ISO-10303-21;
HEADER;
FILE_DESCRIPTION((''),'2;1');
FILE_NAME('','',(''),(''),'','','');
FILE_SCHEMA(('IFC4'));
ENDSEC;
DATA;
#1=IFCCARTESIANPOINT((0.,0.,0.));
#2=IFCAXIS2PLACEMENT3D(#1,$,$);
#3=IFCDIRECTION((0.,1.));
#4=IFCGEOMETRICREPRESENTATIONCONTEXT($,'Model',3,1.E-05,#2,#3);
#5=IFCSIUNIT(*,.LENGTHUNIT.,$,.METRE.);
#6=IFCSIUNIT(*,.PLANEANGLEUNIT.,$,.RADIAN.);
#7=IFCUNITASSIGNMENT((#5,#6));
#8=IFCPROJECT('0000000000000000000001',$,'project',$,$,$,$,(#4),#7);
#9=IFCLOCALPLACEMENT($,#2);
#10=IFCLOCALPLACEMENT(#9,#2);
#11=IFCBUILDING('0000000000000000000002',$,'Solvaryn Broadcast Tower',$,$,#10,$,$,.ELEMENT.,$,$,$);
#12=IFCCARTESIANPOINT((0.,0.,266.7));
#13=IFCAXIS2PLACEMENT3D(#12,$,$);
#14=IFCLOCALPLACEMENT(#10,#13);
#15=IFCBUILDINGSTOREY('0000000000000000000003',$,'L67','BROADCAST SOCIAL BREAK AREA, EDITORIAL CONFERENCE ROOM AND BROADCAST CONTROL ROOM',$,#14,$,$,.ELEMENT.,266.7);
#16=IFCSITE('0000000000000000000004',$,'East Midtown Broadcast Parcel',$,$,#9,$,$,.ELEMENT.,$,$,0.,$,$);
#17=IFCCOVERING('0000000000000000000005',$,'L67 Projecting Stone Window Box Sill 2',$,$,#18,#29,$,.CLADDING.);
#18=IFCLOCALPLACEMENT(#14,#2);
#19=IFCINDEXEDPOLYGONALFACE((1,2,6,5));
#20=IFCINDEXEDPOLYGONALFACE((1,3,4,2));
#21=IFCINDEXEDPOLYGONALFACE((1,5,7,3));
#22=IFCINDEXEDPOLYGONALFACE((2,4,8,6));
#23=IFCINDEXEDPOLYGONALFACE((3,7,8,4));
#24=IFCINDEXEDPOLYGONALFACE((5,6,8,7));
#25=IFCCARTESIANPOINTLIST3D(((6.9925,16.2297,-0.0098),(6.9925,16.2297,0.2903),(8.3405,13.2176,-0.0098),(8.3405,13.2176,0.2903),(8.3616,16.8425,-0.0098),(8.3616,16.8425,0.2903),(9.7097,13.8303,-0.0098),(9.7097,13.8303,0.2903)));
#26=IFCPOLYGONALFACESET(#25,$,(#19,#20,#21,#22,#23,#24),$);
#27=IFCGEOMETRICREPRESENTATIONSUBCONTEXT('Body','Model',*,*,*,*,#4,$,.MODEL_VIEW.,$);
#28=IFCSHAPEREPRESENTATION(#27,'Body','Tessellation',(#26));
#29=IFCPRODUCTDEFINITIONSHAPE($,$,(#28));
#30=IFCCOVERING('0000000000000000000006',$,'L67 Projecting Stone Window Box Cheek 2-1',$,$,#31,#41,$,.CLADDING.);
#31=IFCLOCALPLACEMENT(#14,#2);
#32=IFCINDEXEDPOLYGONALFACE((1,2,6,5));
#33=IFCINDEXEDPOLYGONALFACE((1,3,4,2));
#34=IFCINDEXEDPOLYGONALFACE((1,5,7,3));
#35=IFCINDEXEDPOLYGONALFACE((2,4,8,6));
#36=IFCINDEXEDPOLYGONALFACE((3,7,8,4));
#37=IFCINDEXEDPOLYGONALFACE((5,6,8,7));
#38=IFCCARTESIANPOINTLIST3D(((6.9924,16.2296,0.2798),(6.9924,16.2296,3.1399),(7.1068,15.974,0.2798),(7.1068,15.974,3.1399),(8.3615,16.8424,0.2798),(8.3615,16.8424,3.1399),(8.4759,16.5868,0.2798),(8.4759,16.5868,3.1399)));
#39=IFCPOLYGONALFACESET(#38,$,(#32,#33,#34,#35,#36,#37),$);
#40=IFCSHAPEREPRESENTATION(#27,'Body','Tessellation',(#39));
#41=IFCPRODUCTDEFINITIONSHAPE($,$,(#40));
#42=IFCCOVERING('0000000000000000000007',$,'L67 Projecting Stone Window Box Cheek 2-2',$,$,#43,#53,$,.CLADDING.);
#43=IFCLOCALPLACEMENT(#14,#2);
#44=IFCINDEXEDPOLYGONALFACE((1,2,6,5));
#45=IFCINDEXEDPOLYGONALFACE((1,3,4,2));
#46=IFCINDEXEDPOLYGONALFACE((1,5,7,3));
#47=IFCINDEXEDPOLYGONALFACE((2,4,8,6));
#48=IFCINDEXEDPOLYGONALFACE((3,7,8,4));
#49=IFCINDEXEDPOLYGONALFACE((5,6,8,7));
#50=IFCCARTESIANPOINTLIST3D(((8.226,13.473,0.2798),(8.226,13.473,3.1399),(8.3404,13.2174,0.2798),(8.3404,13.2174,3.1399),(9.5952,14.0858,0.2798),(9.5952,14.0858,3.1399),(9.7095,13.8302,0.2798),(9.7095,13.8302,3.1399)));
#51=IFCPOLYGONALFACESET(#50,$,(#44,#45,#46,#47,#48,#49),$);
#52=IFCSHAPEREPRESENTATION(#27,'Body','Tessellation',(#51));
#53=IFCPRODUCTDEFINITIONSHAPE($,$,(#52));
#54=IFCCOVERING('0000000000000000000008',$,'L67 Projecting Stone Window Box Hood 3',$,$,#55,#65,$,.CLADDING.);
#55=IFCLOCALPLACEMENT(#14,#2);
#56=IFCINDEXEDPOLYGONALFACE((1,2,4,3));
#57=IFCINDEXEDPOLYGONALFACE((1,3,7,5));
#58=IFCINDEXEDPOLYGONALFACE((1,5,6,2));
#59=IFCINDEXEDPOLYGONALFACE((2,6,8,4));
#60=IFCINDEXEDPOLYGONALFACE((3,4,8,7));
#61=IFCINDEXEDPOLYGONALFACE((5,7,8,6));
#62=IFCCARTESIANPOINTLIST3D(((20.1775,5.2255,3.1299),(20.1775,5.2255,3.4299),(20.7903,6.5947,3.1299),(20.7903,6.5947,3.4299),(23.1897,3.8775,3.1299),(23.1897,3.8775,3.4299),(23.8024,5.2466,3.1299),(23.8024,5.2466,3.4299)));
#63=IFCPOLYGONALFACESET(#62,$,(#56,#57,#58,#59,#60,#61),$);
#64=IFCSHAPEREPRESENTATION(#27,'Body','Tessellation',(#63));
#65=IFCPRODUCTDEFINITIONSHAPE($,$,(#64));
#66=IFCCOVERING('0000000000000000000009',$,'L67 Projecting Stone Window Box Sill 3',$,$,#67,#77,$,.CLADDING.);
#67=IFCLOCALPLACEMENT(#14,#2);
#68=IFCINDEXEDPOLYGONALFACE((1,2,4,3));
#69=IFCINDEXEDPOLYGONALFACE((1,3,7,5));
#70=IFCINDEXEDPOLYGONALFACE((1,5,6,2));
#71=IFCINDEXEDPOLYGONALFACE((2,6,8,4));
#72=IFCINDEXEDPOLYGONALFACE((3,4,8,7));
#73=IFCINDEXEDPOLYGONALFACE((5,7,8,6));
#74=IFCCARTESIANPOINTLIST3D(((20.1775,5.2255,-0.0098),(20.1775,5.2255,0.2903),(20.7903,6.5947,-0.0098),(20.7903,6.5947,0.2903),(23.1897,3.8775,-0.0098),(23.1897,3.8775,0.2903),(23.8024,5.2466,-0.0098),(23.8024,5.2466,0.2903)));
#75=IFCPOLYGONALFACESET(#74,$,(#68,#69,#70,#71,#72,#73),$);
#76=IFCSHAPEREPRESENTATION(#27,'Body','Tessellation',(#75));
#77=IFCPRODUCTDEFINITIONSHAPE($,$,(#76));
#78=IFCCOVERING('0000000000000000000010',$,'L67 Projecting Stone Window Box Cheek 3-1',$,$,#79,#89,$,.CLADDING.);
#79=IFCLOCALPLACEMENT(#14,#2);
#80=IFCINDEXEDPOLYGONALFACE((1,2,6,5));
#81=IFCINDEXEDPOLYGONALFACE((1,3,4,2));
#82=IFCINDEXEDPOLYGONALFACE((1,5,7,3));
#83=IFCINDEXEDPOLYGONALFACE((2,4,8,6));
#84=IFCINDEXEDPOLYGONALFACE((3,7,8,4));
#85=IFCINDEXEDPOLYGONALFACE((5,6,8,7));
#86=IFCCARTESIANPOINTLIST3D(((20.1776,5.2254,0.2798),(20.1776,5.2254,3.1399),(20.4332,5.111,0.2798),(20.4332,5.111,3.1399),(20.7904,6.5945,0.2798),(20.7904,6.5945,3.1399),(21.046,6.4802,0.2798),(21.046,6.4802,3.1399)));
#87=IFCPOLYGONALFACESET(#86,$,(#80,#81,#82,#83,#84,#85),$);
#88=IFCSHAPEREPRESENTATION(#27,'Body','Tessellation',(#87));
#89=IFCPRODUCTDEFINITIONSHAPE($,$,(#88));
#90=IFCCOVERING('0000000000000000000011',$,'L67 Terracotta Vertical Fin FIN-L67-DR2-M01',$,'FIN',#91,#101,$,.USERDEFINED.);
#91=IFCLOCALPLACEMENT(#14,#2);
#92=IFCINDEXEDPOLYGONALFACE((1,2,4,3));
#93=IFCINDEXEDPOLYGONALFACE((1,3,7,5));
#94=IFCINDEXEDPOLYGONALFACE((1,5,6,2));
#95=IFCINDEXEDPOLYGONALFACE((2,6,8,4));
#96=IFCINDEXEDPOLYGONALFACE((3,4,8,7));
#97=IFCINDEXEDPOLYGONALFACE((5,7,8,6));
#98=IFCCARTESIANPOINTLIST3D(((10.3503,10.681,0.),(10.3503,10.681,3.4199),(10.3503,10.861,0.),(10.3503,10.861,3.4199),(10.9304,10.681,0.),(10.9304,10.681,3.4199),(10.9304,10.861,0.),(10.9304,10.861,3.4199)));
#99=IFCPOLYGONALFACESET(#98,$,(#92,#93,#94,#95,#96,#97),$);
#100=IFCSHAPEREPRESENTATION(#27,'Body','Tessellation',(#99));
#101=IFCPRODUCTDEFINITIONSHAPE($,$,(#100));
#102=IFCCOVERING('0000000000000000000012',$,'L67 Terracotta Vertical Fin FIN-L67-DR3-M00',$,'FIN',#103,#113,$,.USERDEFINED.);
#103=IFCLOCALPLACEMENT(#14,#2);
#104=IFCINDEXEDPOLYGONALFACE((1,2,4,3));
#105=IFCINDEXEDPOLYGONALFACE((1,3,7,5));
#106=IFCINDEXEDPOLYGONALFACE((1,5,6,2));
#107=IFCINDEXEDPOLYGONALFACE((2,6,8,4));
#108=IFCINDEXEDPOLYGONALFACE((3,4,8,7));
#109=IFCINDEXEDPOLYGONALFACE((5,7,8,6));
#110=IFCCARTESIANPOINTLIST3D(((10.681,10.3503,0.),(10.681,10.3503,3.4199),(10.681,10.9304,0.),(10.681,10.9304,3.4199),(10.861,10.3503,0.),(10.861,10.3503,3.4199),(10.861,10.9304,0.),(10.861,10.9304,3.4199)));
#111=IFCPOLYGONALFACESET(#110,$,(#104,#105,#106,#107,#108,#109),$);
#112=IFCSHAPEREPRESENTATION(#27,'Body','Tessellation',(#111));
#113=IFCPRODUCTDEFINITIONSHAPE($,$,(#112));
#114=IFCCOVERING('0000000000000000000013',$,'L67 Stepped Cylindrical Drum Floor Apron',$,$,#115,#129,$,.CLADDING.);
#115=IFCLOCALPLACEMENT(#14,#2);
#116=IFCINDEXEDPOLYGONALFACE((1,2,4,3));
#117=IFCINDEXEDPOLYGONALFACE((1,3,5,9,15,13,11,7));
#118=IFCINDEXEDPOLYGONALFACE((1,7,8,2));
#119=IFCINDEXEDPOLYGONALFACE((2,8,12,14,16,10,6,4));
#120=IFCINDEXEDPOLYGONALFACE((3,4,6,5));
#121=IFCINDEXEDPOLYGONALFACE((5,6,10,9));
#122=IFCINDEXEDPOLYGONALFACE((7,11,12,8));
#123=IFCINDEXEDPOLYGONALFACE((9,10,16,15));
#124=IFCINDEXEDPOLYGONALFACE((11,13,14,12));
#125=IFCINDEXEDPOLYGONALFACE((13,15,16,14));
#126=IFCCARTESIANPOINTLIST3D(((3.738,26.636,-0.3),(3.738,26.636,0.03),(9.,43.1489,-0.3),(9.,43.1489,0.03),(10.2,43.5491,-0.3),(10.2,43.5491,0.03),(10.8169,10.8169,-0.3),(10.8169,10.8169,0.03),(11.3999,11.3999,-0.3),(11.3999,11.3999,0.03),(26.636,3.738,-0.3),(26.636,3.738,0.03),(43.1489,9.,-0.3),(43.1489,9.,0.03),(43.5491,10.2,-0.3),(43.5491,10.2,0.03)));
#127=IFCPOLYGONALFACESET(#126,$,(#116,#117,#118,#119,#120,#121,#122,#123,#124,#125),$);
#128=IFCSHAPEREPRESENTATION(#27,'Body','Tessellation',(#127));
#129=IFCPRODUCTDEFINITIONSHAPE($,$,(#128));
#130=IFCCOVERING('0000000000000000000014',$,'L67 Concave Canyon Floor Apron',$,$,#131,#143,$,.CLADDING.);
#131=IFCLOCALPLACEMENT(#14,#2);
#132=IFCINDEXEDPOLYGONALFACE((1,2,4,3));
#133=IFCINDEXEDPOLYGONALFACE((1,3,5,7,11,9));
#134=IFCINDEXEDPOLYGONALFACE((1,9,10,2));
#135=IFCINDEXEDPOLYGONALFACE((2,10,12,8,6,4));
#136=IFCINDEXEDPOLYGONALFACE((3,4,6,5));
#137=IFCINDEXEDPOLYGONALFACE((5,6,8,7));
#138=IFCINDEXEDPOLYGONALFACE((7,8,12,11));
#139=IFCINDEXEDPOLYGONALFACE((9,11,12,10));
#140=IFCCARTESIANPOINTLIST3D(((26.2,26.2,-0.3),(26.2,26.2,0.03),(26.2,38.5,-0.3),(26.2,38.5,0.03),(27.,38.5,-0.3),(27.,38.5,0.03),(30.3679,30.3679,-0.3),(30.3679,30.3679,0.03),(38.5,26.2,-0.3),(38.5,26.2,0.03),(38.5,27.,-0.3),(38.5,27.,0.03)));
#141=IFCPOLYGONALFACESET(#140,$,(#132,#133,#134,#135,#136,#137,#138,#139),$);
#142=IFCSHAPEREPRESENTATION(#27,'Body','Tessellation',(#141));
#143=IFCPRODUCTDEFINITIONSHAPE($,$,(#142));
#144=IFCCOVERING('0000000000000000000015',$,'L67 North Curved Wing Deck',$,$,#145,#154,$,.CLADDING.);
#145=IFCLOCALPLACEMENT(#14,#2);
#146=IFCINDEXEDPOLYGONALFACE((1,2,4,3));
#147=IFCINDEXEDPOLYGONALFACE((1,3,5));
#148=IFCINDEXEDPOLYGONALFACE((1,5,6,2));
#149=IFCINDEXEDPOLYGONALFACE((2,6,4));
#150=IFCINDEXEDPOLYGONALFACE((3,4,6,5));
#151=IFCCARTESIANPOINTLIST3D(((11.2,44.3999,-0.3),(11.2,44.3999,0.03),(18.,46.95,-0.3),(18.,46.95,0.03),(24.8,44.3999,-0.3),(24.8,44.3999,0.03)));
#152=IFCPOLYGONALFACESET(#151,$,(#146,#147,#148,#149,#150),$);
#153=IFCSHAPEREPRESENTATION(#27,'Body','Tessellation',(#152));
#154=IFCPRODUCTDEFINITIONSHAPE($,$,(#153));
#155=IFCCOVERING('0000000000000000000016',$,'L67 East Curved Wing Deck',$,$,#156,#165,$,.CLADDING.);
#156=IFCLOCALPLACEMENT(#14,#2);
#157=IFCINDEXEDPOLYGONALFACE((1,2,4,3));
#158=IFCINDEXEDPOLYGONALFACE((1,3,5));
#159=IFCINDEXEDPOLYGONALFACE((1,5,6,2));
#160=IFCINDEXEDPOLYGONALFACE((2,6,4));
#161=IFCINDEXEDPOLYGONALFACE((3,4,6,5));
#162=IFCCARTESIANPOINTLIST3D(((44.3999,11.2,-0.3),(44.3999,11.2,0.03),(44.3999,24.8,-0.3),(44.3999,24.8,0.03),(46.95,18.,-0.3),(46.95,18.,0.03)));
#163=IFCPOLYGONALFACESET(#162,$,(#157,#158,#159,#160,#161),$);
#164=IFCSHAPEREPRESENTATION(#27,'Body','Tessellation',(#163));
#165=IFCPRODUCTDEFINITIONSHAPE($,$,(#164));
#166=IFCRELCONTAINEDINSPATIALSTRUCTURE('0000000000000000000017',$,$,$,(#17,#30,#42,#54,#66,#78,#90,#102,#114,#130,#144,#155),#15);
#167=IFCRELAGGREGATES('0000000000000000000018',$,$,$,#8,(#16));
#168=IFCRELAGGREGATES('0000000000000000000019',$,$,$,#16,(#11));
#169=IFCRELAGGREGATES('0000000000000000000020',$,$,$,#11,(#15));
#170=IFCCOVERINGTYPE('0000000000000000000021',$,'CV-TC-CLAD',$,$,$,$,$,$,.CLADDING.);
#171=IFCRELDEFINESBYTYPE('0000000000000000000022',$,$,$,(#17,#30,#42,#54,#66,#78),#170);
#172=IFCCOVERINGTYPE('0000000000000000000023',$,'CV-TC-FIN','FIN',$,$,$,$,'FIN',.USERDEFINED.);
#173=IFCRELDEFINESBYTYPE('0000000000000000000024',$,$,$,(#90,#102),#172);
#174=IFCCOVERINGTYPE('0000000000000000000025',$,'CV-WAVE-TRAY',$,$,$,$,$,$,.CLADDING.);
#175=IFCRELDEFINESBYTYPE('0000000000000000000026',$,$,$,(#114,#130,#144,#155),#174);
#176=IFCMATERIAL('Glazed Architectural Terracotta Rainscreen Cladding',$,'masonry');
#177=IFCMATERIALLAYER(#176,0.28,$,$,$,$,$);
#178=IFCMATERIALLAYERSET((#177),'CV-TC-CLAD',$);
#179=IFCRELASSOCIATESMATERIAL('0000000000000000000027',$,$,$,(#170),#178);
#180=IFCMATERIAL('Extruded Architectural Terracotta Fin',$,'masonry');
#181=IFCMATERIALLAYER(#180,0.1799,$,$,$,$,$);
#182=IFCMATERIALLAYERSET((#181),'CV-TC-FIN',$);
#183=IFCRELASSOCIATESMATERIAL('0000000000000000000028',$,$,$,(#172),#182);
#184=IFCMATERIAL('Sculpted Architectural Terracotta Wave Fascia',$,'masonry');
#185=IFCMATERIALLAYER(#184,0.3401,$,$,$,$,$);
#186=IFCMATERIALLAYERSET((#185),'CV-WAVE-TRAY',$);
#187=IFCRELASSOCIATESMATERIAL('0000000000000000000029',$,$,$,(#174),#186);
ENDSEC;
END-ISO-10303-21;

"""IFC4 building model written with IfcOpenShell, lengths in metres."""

from ifc_helpers import new_model, si_unit, direction, frame, origin, origin_2d, place, context, subcontext, project, spatial, polyline, rectangle, outline, extrude, material, layer, layer_set, type_object, element, save


model = new_model("IFC4")

# Units and contexts
model_context = context("Model", 3, precision=1e-05, world=origin(), true_north=direction((0.0, 1.0)))
body_context = subcontext(model_context, "Body", "Model", "MODEL_VIEW")
ifc_project = project(units=[si_unit("LENGTHUNIT", "METRE"), si_unit("PLANEANGLEUNIT", "RADIAN")], contexts=[model_context])

# Site, building, storey
site_placement = place(None, origin())
site = spatial("IfcSite", under=ifc_project, at=site_placement, Name="East Midtown Broadcast Parcel", CompositionType="ELEMENT", RefElevation=0.0)
building_placement = place(site_placement, origin())
building = spatial("IfcBuilding", under=site, at=building_placement, Name="Solvaryn Broadcast Tower", CompositionType="ELEMENT")
storey_placement = place(building_placement, frame((0.0, 0.0, 266.7)))
storey = spatial("IfcBuildingStorey", under=building, at=storey_placement, Name="L67", Description="BROADCAST SOCIAL BREAK AREA, EDITORIAL CONFERENCE ROOM AND BROADCAST CONTROL ROOM", CompositionType="ELEMENT", Elevation=266.7)

# Coverings
ifc_material_1 = material(Name="Glazed Architectural Terracotta Rainscreen Cladding", Category="masonry")
ifc_layer_1 = layer(ifc_material_1, 0.28)
ifc_layer_set_1 = layer_set([ifc_layer_1], Name="CV-TC-CLAD")
covering_type_1 = type_object("IfcCoveringType", Name="CV-TC-CLAD", PredefinedType="CLADDING", material=ifc_layer_set_1)
for number, where, z_axis, x_axis, name in (
    (1, (8.3511, 15.03, -0.0098), (0.0, 0.0, 1.0), (0.40849, -0.912763, 0.0), "L67 Projecting Stone Window Box Sill 2"),
):
    element("IfcCovering", number, at=place(storey_placement, frame(where, z_axis=z_axis, x_axis=x_axis)), inside=storey, type_object=covering_type_1, Name=name, PredefinedType="CLADDING", context=body_context, shape_type="SweptSolid", body=[
        extrude(rectangle(XDim=3.3, YDim=1.5, at=origin_2d()), origin(), (0.0, 0.0, 1.0), 0.3),
    ])
for number, where, z_axis, x_axis, name in (
    (2, (7.7341, 16.4082, 0.2798), (0.0, 0.0, 1.0), (0.40849, -0.912763, 0.0), "L67 Projecting Stone Window Box Cheek 2-1"),
    (3, (8.9678, 13.6516, 0.2798), (0.0, 0.0, 1.0), (0.40849, -0.912763, 0.0), "L67 Projecting Stone Window Box Cheek 2-2"),
):
    element("IfcCovering", number, at=place(storey_placement, frame(where, z_axis=z_axis, x_axis=x_axis)), inside=storey, type_object=covering_type_1, Name=name, PredefinedType="CLADDING", context=body_context, shape_type="SweptSolid", body=[
        extrude(rectangle(XDim=0.28, YDim=1.5, at=origin_2d()), origin(), (0.0, 0.0, 1.0), 2.8601),
    ])
for number, where, z_axis, x_axis, name in (
    (4, (21.99, 5.2361, 3.1299), (0.0, 0.0, 1.0), (0.912763, -0.40849, 0.0), "L67 Projecting Stone Window Box Hood 3"),
    (5, (21.99, 5.2361, -0.0098), (0.0, 0.0, 1.0), (0.912763, -0.40849, 0.0), "L67 Projecting Stone Window Box Sill 3"),
):
    element("IfcCovering", number, at=place(storey_placement, frame(where, z_axis=z_axis, x_axis=x_axis)), inside=storey, type_object=covering_type_1, Name=name, PredefinedType="CLADDING", context=body_context, shape_type="SweptSolid", body=[
        extrude(rectangle(XDim=3.3, YDim=1.5, at=origin_2d()), origin(), (0.0, 0.0, 1.0), 0.3),
    ])
covering_1_placement = place(storey_placement, frame((20.6118, 5.8528, 0.2798), z_axis=(0.0, 0.0, 1.0), x_axis=(0.912763, -0.40849, 0.0)))
element("IfcCovering", 6, at=covering_1_placement, inside=storey, type_object=covering_type_1, Name="L67 Projecting Stone Window Box Cheek 3-1", PredefinedType="CLADDING", context=body_context, shape_type="SweptSolid", body=[
    extrude(rectangle(XDim=0.28, YDim=1.5, at=origin_2d()), origin(), (0.0, 0.0, 1.0), 2.8601),
])
ifc_material_2 = material(Name="Extruded Architectural Terracotta Fin", Category="masonry")
ifc_layer_2 = layer(ifc_material_2, 0.1799)
ifc_layer_set_2 = layer_set([ifc_layer_2], Name="CV-TC-FIN")
covering_type_2 = type_object("IfcCoveringType", Name="CV-TC-FIN", Description="FIN", ElementType="FIN", PredefinedType="USERDEFINED", material=ifc_layer_set_2)
covering_2_placement = place(storey_placement, frame((10.6404, 10.771, 0.0), z_axis=(0.0, 0.0, 1.0), x_axis=(1.0, 0.0, 0.0)))
element("IfcCovering", 7, at=covering_2_placement, inside=storey, type_object=covering_type_2, Name="L67 Terracotta Vertical Fin FIN-L67-DR2-M01", ObjectType="FIN", PredefinedType="USERDEFINED", context=body_context, shape_type="SweptSolid", body=[
    extrude(rectangle(XDim=0.5801, YDim=0.1799, at=origin_2d()), origin(), (0.0, 0.0, 1.0), 3.4199),
])
covering_3_placement = place(storey_placement, frame((10.771, 10.6404, 0.0), z_axis=(0.0, 0.0, 1.0), x_axis=(1.0, 0.0, 0.0)))
element("IfcCovering", 8, at=covering_3_placement, inside=storey, type_object=covering_type_2, Name="L67 Terracotta Vertical Fin FIN-L67-DR3-M00", ObjectType="FIN", PredefinedType="USERDEFINED", context=body_context, shape_type="SweptSolid", body=[
    extrude(rectangle(XDim=0.1799, YDim=0.5801, at=origin_2d()), origin(), (0.0, 0.0, 1.0), 3.4199),
])
ifc_material_3 = material(Name="Sculpted Architectural Terracotta Wave Fascia", Category="masonry")
ifc_layer_3 = layer(ifc_material_3, 0.3401)
ifc_layer_set_3 = layer_set([ifc_layer_3], Name="CV-WAVE-TRAY")
covering_type_3 = type_object("IfcCoveringType", Name="CV-WAVE-TRAY", PredefinedType="CLADDING", material=ifc_layer_set_3)
covering_4_placement = place(storey_placement, frame((0.0, 0.0, -0.3)))
element("IfcCovering", 9, at=covering_4_placement, inside=storey, type_object=covering_type_3, Name="L67 Stepped Cylindrical Drum Floor Apron", PredefinedType="CLADDING", context=body_context, shape_type="SweptSolid", body=[
    extrude(outline(polyline([(10.2, 43.5491), (9.0, 43.1489), (3.738, 26.636), (10.8169, 10.8169), (26.636, 3.738), (43.1489, 9.0), (43.1489, 9.0), (43.5491, 10.2), (11.3999, 11.3999), (10.2, 43.5491)])), origin(), (0.0, 0.0, 1.0), 0.3301),
])
covering_5_placement = place(storey_placement, frame((0.0, 0.0, -0.3)))
element("IfcCovering", 10, at=covering_5_placement, inside=storey, type_object=covering_type_3, Name="L67 Concave Canyon Floor Apron", PredefinedType="CLADDING", context=body_context, shape_type="SweptSolid", body=[
    extrude(outline(polyline([(26.2, 26.2), (38.5, 26.2), (38.5, 27.0), (30.3679, 30.3679), (27.0, 38.5), (26.2, 38.5), (26.2, 26.2)])), origin(), (0.0, 0.0, 1.0), 0.3301),
])
covering_6_placement = place(storey_placement, frame((0.0, 0.0, -0.3)))
element("IfcCovering", 11, at=covering_6_placement, inside=storey, type_object=covering_type_3, Name="L67 North Curved Wing Deck", PredefinedType="CLADDING", context=body_context, shape_type="SweptSolid", body=[
    extrude(outline(polyline([(11.2, 44.3999), (24.8, 44.3999), (18.0, 46.95), (11.2, 44.3999)])), origin(), (0.0, 0.0, 1.0), 0.3301),
])
covering_7_placement = place(storey_placement, frame((0.0, 0.0, -0.3)))
element("IfcCovering", 12, at=covering_7_placement, inside=storey, type_object=covering_type_3, Name="L67 East Curved Wing Deck", PredefinedType="CLADDING", context=body_context, shape_type="SweptSolid", body=[
    extrude(outline(polyline([(44.3999, 11.2), (46.95, 18.0), (44.3999, 24.8), (44.3999, 11.2)])), origin(), (0.0, 0.0, 1.0), 0.3301),
])

save(model, "model.ifc")
